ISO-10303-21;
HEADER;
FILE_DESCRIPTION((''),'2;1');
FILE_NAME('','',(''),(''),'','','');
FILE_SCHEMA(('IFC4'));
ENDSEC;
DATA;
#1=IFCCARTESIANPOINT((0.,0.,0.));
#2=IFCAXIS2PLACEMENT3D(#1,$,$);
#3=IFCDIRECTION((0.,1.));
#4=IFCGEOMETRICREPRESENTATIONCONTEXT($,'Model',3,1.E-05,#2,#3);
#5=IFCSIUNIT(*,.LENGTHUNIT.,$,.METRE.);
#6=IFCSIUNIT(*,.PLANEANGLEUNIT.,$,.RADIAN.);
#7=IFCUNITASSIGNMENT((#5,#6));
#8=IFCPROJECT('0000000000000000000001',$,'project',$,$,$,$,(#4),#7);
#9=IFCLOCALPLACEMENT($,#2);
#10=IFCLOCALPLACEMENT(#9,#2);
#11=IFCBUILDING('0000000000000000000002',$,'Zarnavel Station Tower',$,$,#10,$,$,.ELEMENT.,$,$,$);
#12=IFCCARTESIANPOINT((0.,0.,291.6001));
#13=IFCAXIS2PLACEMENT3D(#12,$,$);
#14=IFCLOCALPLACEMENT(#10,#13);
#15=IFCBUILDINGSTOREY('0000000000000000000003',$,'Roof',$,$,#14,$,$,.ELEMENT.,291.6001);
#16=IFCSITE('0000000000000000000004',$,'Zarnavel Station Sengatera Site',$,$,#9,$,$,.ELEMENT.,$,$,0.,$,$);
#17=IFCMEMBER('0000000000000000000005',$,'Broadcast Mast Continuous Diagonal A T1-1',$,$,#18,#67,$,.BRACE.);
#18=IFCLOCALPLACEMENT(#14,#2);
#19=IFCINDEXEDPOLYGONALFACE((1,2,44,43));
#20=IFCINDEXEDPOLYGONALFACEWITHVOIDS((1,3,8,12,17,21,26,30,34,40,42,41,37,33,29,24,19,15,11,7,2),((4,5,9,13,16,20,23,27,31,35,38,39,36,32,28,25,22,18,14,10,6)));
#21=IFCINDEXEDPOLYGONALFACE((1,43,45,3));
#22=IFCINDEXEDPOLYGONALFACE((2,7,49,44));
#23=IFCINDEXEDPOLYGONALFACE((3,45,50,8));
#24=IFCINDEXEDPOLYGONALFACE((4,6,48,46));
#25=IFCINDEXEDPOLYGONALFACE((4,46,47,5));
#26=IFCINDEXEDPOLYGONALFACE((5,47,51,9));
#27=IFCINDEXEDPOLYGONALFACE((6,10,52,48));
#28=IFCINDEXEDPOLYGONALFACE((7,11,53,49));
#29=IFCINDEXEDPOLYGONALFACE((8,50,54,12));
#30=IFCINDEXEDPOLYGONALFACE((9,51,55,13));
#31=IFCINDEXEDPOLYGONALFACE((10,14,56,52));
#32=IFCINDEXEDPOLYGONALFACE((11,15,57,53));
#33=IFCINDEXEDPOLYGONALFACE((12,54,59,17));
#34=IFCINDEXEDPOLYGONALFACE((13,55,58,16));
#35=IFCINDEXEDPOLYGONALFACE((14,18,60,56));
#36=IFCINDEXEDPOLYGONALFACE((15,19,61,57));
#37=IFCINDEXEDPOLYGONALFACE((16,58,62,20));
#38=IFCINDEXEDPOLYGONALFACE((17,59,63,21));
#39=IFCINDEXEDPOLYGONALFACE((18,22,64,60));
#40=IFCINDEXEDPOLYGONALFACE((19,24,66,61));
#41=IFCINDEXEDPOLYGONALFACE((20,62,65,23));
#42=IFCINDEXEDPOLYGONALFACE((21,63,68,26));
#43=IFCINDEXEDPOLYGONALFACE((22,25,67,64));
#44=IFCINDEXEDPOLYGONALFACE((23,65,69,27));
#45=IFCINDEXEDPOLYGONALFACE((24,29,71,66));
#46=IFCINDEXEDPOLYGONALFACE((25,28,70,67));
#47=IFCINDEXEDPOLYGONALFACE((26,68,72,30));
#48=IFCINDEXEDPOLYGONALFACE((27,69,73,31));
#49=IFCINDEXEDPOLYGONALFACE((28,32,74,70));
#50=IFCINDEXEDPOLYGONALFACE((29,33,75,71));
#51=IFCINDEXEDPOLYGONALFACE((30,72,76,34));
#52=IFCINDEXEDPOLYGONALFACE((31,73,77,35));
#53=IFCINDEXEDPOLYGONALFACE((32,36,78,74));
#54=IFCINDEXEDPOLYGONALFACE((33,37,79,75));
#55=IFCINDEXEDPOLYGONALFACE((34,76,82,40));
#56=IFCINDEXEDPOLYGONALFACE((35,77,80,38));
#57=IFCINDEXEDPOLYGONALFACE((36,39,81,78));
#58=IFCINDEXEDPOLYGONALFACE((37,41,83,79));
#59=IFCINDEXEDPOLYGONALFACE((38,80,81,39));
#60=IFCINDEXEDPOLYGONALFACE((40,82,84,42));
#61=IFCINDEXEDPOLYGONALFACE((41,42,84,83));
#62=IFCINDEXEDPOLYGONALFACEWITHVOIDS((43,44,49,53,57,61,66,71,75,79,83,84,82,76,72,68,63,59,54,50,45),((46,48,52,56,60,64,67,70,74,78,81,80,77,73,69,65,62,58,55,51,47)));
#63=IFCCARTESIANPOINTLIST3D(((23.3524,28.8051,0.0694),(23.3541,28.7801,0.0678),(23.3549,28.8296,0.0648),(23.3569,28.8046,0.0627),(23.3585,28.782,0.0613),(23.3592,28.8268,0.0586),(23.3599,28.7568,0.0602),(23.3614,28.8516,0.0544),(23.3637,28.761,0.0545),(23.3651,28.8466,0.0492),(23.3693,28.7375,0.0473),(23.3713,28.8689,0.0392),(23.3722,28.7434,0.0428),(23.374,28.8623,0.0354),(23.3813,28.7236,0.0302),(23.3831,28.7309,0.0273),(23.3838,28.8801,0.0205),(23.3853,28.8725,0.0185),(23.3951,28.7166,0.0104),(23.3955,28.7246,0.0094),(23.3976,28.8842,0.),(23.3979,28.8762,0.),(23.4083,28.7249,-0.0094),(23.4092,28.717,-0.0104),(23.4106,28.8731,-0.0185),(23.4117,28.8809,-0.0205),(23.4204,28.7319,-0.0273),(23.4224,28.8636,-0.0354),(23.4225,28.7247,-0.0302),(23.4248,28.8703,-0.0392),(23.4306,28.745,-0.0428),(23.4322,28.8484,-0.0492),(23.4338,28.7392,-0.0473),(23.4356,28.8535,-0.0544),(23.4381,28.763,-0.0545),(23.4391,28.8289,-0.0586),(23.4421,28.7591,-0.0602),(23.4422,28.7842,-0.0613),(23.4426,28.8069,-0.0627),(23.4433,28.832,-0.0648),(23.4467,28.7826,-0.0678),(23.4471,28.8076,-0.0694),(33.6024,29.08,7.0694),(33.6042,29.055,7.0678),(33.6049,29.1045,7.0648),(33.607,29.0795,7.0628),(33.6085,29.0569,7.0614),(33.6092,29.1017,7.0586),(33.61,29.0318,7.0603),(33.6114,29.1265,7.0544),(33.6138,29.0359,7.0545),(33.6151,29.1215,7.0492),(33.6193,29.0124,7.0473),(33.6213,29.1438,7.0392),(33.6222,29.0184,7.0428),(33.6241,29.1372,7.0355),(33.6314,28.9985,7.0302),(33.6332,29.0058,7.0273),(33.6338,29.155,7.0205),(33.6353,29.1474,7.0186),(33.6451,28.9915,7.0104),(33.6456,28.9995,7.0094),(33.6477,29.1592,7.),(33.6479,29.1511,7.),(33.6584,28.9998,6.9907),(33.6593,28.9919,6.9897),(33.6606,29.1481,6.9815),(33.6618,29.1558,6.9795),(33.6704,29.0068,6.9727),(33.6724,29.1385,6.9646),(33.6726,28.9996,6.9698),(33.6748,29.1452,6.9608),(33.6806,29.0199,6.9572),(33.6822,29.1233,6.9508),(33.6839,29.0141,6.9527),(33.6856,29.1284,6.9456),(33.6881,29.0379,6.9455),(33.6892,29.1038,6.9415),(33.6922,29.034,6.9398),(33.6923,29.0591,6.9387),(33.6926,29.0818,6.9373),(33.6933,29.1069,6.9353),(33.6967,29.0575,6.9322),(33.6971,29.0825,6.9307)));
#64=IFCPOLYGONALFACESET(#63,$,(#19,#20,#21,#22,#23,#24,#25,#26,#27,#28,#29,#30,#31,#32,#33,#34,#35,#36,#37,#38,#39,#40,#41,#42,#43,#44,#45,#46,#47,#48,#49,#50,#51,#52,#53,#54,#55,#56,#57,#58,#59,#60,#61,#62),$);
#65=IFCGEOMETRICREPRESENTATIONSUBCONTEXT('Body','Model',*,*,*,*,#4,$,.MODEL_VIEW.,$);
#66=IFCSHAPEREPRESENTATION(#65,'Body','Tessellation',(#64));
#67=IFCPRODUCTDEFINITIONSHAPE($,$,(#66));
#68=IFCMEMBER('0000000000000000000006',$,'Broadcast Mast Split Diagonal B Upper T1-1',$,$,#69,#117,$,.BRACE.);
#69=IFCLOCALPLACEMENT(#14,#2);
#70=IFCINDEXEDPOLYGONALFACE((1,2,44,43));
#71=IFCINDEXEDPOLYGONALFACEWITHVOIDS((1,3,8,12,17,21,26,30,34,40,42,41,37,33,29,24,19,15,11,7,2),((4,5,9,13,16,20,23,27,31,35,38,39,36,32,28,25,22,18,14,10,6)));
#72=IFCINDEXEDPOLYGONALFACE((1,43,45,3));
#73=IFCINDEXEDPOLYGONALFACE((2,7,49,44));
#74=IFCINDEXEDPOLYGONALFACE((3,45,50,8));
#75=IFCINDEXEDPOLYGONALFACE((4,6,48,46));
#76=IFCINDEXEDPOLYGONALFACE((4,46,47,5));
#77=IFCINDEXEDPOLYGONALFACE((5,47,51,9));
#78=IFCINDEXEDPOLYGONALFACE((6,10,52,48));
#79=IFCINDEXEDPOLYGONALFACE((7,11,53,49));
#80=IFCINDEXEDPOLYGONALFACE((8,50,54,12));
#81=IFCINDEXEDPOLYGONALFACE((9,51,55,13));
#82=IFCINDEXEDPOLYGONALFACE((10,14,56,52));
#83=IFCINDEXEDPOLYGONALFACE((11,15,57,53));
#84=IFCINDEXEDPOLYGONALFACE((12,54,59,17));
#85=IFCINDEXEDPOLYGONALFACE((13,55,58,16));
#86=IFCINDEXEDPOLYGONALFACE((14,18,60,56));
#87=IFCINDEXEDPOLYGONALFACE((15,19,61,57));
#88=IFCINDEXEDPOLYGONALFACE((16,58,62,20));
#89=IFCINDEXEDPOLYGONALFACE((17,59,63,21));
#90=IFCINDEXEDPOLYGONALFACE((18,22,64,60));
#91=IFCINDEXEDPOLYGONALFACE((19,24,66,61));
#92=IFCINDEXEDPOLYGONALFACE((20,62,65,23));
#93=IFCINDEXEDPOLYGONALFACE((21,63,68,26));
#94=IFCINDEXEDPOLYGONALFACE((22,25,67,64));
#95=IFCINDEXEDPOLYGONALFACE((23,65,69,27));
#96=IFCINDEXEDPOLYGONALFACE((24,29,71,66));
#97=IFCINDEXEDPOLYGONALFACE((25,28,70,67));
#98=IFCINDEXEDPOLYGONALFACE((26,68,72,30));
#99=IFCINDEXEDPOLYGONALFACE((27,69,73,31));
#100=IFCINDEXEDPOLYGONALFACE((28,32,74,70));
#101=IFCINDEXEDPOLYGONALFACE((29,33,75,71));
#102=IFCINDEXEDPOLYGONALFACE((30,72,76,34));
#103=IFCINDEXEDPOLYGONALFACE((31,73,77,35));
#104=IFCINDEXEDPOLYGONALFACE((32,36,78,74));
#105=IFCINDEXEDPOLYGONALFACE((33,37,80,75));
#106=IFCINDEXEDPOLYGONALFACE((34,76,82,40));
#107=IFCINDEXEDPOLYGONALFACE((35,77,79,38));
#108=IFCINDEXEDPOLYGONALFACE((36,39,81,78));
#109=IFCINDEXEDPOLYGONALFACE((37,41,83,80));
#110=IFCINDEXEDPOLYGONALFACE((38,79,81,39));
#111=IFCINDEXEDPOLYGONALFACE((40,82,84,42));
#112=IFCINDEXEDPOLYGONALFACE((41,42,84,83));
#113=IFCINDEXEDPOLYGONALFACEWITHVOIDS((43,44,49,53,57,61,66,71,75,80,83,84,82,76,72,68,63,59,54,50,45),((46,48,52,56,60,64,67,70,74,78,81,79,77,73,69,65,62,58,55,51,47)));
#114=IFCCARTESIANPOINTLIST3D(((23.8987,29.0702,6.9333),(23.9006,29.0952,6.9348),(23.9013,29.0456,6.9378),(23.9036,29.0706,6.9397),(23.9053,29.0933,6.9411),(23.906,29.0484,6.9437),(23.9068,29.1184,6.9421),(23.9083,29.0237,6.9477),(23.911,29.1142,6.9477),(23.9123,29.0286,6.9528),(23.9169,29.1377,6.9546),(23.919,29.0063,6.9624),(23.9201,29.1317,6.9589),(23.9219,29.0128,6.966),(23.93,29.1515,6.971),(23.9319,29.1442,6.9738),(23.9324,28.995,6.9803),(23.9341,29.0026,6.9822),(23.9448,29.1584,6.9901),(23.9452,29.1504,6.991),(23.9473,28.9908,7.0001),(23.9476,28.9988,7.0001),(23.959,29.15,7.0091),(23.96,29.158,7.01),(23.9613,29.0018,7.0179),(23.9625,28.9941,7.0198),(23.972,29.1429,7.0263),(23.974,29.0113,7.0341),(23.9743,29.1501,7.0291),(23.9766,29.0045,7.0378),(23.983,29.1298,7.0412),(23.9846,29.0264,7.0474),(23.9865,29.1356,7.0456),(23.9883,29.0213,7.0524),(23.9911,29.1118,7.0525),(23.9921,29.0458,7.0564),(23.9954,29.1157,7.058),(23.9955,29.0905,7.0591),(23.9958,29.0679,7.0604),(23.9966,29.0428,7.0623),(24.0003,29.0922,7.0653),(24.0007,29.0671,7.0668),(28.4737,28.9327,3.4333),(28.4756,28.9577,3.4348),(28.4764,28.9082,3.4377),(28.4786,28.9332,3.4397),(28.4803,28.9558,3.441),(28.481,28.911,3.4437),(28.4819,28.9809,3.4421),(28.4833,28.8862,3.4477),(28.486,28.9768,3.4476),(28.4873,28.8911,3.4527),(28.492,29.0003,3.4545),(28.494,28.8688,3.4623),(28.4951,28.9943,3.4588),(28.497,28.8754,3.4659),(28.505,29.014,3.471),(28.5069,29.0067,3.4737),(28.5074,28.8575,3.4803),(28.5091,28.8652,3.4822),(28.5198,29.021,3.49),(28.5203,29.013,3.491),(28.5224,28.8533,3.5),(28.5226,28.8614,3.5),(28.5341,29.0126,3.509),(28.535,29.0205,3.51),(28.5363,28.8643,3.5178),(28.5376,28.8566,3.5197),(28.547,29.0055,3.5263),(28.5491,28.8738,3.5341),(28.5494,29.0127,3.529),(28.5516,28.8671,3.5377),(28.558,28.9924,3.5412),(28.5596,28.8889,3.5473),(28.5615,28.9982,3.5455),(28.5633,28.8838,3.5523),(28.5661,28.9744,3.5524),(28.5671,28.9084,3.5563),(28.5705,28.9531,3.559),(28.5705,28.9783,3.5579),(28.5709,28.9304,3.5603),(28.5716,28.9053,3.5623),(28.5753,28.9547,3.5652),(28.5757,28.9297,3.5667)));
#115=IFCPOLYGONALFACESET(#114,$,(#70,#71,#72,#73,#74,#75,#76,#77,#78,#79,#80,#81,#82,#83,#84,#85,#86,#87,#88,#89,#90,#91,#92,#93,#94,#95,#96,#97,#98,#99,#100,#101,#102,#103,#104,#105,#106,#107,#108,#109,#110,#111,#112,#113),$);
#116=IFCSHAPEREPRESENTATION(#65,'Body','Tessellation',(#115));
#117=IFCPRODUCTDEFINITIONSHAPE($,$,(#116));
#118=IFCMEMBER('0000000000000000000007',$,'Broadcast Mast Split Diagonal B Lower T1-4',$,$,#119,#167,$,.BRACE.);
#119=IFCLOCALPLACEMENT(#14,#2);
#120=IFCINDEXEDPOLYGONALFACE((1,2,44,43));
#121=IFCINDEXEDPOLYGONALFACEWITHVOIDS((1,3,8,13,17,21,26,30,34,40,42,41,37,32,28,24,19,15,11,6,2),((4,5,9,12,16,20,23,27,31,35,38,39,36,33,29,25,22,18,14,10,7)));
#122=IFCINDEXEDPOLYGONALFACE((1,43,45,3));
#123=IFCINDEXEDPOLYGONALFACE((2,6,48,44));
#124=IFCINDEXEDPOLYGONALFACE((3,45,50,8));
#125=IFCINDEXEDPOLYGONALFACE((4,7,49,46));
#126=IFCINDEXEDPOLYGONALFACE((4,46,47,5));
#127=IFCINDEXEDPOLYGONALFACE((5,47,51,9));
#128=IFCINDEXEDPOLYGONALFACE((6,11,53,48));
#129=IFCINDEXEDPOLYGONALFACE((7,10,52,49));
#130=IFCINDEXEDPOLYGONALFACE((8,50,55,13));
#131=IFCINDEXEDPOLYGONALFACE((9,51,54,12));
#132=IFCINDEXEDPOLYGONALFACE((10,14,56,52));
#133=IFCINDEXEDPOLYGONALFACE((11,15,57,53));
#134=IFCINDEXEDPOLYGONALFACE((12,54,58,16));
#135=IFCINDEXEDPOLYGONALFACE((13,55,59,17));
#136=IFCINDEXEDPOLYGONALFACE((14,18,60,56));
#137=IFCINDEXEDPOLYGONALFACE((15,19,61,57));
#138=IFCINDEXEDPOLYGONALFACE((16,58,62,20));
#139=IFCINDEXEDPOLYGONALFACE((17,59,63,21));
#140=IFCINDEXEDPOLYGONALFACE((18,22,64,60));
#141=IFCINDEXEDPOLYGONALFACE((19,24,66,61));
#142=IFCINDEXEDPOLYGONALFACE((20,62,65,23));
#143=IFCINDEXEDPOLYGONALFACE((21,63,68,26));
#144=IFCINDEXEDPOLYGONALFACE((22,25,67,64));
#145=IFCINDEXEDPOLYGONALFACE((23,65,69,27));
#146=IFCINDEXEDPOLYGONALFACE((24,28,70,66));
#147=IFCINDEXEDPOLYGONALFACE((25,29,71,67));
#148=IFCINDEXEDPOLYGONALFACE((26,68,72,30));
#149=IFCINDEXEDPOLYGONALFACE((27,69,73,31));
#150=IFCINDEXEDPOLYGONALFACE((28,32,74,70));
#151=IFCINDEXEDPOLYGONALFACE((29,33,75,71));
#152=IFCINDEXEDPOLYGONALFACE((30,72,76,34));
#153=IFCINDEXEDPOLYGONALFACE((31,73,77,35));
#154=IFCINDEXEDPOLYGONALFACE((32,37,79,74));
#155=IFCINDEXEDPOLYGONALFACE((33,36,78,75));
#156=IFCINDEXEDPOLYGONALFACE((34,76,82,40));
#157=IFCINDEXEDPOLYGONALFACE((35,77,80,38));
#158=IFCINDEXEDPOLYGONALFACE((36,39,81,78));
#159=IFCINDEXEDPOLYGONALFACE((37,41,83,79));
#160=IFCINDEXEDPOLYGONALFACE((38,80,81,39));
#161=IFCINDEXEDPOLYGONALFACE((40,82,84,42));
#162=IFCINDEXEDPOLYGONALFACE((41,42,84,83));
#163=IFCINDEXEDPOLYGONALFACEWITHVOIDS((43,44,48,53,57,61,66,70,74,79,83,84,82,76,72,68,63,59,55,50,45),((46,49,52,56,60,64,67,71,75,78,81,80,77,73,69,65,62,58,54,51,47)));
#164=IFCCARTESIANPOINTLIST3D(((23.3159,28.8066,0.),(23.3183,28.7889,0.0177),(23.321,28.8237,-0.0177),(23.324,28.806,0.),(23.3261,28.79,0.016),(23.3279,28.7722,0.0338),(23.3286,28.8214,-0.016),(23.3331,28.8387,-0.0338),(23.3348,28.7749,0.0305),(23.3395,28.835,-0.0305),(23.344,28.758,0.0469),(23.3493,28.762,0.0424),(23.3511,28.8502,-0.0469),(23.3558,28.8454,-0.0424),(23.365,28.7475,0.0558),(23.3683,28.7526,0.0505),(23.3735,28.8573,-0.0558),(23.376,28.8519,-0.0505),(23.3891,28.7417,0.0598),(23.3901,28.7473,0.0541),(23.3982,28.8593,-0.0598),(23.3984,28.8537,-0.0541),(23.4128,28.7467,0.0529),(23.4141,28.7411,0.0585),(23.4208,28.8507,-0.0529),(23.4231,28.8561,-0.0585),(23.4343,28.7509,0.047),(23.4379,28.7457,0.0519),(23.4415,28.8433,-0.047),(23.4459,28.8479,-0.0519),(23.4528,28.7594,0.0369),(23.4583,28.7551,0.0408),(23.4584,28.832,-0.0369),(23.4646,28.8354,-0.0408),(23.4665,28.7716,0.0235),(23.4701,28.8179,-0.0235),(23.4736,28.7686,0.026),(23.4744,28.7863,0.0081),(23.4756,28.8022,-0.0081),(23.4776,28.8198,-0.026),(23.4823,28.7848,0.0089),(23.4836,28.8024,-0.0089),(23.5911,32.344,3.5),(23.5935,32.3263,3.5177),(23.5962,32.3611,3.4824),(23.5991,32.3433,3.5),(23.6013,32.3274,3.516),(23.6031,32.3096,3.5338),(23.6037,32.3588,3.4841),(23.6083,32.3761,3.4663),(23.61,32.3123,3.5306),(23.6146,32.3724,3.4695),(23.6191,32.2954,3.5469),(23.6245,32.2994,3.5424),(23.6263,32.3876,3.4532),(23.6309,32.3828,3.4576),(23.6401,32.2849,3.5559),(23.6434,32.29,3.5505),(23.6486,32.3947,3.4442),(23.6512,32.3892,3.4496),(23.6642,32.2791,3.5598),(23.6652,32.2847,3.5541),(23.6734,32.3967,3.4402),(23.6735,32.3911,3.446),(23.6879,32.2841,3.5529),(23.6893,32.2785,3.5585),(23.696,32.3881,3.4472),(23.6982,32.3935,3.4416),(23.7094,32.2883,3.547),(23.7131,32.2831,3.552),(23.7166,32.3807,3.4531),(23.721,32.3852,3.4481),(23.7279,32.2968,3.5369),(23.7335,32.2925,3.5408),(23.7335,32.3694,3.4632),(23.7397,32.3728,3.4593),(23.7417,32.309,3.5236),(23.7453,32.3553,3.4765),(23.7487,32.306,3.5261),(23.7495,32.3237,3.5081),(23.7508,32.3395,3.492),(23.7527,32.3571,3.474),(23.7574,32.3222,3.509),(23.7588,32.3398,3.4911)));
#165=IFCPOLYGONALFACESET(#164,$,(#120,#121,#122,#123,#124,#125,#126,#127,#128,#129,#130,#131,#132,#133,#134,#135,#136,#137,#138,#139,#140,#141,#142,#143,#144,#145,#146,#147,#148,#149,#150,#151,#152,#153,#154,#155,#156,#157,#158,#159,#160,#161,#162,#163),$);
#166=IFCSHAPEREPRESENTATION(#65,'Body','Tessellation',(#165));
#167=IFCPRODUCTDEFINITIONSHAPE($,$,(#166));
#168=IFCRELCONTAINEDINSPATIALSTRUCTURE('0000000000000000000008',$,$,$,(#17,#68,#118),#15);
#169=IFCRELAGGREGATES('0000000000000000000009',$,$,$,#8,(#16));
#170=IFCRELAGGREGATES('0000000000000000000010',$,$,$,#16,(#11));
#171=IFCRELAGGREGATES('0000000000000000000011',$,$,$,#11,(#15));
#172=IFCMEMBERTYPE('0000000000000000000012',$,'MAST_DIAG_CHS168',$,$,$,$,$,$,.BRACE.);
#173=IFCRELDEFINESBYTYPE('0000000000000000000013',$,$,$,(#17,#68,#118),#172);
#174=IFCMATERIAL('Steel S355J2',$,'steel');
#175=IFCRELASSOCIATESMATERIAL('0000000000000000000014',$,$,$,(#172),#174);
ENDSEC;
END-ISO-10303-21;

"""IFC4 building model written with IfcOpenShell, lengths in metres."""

from ifc_helpers import new_model, si_unit, direction, frame, origin, origin_2d, place, context, subcontext, project, spatial, hollow_circle, extrude, material, material_profile, profile_set, type_object, element, save


model = new_model("IFC4")

# Units and contexts
model_context = context("Model", 3, precision=1e-05, world=origin(), true_north=direction((0.0, 1.0)))
body_context = subcontext(model_context, "Body", "Model", "MODEL_VIEW")
ifc_project = project(units=[si_unit("LENGTHUNIT", "METRE"), si_unit("PLANEANGLEUNIT", "RADIAN")], contexts=[model_context])

# Site, building, storey
site_placement = place(None, origin())
site = spatial("IfcSite", under=ifc_project, at=site_placement, Name="Zarnavel Station Sengatera Site", CompositionType="ELEMENT", RefElevation=0.0)
building_placement = place(site_placement, origin())
building = spatial("IfcBuilding", under=site, at=building_placement, Name="Zarnavel Station Tower", CompositionType="ELEMENT")
storey_placement = place(building_placement, frame((0.0, 0.0, 291.6001)))
storey = spatial("IfcBuildingStorey", under=building, at=storey_placement, Name="Roof", CompositionType="ELEMENT", Elevation=291.6001)

# Members
ifc_material_1 = material(Name="Steel S355J2", Category="steel")
ifc_material_profile_1 = material_profile(ifc_material_1, hollow_circle(Radius=0.0842, WallThickness=0.0081, at=origin_2d()), Name="CHS168.3x8")
ifc_profile_set_1 = profile_set([ifc_material_profile_1], Name="Steel S355J2")
member_type_1 = type_object("IfcMemberType", Name="MAST_DIAG_CHS168", PredefinedType="BRACE", material=ifc_profile_set_1)
member_1_placement = place(storey_placement, frame((23.3999, 28.8, 0.0), z_axis=(0.825599, 0.022142, 0.563823), x_axis=(-0.02681, 0.999641, 0.0)))
element("IfcMember", 1, at=member_1_placement, inside=storey, type_object=member_type_1, Name="Broadcast Mast Continuous Diagonal A T1-1", PredefinedType="BRACE", context=body_context, shape_type="SweptSolid", body=[
    extrude(hollow_circle(Radius=0.0842, WallThickness=0.0081, at=origin_2d()), origin(), (0.0, 0.0, 1.0), 12.4153),
])
member_2_placement = place(storey_placement, frame((28.5249, 28.9375, 3.5), z_axis=(-0.794005, 0.023855, 0.607442), x_axis=(-0.030031, -0.999549, 0.0)))
element("IfcMember", 2, at=member_2_placement, inside=storey, type_object=member_type_1, Name="Broadcast Mast Split Diagonal B Upper T1-1", PredefinedType="BRACE", context=body_context, shape_type="SweptSolid", body=[
    extrude(hollow_circle(Radius=0.0842, WallThickness=0.0081, at=origin_2d()), origin(), (0.0, 0.0, 1.0), 5.762),
])
member_3_placement = place(storey_placement, frame((23.3999, 28.8, 0.0), z_axis=(0.055208, 0.709766, 0.702271), x_axis=(-0.996989, 0.077549, 0.0)))
element("IfcMember", 3, at=member_3_placement, inside=storey, type_object=member_type_1, Name="Broadcast Mast Split Diagonal B Lower T1-4", PredefinedType="BRACE", context=body_context, shape_type="SweptSolid", body=[
    extrude(hollow_circle(Radius=0.0842, WallThickness=0.0081, at=origin_2d()), origin(), (0.0, 0.0, 1.0), 4.9839),
])

save(model, "model.ifc")
